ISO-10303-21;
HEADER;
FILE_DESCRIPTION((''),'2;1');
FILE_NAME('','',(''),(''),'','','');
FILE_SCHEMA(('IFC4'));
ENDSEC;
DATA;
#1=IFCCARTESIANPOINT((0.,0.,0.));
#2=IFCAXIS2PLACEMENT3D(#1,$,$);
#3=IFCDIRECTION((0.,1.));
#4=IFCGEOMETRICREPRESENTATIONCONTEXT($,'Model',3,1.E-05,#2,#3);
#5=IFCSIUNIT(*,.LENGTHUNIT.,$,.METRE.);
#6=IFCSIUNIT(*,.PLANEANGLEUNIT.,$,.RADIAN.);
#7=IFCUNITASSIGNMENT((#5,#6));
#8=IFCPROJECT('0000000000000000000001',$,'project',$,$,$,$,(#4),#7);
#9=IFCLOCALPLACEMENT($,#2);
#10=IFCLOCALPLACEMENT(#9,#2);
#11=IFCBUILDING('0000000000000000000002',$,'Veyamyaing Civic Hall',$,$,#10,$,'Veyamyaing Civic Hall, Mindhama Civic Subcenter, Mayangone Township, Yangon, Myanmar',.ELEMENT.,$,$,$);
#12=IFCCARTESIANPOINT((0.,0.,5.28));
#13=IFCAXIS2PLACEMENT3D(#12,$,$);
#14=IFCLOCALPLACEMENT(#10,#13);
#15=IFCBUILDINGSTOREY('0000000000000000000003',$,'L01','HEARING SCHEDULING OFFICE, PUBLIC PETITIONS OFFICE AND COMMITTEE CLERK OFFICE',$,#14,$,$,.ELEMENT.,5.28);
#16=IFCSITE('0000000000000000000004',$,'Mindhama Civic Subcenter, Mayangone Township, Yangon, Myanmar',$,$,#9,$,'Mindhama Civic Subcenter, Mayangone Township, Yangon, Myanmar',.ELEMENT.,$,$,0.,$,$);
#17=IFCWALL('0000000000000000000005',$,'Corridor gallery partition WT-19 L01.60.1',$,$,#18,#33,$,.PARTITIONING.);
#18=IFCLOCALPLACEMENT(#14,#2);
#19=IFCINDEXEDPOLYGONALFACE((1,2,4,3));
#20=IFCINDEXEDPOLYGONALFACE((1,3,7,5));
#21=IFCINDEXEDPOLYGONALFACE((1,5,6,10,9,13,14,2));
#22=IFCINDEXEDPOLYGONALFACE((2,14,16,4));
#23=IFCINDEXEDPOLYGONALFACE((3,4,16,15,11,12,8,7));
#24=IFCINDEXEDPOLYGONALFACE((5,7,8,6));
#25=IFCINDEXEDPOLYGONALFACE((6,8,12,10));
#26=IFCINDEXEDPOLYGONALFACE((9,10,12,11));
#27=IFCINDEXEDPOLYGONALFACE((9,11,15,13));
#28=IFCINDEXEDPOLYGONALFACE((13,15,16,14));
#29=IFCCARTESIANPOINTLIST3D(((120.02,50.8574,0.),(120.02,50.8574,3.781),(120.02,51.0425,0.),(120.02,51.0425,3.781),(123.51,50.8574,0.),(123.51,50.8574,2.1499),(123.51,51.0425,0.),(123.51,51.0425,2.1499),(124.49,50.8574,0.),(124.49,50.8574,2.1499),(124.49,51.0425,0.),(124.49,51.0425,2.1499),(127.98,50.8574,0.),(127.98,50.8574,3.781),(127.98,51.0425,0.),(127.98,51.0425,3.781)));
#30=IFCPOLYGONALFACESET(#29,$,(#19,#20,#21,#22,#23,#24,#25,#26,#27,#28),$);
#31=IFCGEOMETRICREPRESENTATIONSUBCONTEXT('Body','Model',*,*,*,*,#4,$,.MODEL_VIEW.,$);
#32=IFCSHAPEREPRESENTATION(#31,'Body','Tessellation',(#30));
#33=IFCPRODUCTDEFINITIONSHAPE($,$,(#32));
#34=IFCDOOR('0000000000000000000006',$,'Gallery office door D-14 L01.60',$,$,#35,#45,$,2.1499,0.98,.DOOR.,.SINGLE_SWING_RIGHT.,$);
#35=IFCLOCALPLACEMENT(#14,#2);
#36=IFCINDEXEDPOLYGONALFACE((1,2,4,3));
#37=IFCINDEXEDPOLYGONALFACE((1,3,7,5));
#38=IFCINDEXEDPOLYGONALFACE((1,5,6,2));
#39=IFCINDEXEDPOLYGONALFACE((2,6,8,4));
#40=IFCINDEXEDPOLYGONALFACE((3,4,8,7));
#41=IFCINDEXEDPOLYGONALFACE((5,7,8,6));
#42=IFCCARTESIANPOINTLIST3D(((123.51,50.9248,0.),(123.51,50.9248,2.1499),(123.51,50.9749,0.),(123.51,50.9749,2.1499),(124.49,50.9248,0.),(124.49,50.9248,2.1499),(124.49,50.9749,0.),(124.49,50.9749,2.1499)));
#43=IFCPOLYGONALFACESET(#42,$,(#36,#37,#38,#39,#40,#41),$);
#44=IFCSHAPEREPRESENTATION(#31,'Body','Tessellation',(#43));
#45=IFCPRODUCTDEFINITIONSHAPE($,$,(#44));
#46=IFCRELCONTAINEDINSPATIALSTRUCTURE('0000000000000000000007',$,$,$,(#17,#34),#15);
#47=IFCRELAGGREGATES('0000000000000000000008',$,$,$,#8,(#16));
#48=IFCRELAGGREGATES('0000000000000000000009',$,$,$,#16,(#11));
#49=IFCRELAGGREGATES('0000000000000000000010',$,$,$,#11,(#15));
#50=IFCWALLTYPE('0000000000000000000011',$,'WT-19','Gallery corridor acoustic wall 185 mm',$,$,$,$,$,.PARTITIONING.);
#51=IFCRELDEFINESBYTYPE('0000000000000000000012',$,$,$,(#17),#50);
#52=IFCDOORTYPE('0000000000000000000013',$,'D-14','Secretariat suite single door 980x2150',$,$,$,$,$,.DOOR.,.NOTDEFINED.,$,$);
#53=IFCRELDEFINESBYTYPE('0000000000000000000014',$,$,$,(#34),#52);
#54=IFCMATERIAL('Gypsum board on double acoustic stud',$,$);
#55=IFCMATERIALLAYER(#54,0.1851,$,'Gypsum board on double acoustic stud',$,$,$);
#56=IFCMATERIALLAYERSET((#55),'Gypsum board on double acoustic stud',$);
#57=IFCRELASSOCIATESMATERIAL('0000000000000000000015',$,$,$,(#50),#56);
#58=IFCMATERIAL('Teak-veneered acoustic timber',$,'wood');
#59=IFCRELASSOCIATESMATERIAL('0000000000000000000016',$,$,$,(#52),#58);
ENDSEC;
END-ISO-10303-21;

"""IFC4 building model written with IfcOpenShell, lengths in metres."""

from ifc_helpers import new_model, si_unit, direction, frame, frame_2d, origin, place, context, subcontext, project, spatial, rectangle, extrude, material, layer, layer_set, type_object, element, fill, save


model = new_model("IFC4")

# Units and contexts
model_context = context("Model", 3, precision=1e-05, world=origin(), true_north=direction((0.0, 1.0)))
body_context = subcontext(model_context, "Body", "Model", "MODEL_VIEW")
ifc_project = project(units=[si_unit("LENGTHUNIT", "METRE"), si_unit("PLANEANGLEUNIT", "RADIAN")], contexts=[model_context])

# Site, building, storey
site_placement = place(None, origin())
site = spatial("IfcSite", under=ifc_project, at=site_placement, Name="Mindhama Civic Subcenter, Mayangone Township, Yangon, Myanmar", LongName="Mindhama Civic Subcenter, Mayangone Township, Yangon, Myanmar", CompositionType="ELEMENT", RefElevation=0.0)
building_placement = place(site_placement, origin())
building = spatial("IfcBuilding", under=site, at=building_placement, Name="Veyamyaing Civic Hall", LongName="Veyamyaing Civic Hall, Mindhama Civic Subcenter, Mayangone Township, Yangon, Myanmar", CompositionType="ELEMENT")
storey_placement = place(building_placement, frame((0.0, 0.0, 5.28)))
storey = spatial("IfcBuildingStorey", under=building, at=storey_placement, Name="L01", Description="HEARING SCHEDULING OFFICE, PUBLIC PETITIONS OFFICE AND COMMITTEE CLERK OFFICE", CompositionType="ELEMENT", Elevation=5.28)

# Wall, opening, door
ifc_material_1 = material(Name="Gypsum board on double acoustic stud")
ifc_layer_1 = layer(ifc_material_1, 0.1851, Name="Gypsum board on double acoustic stud")
ifc_layer_set_1 = layer_set([ifc_layer_1], Name="Gypsum board on double acoustic stud")
wall_type = type_object("IfcWallType", Name="WT-19", Description="Gallery corridor acoustic wall 185 mm", PredefinedType="PARTITIONING", material=ifc_layer_set_1)
wall_placement = place(storey_placement, frame((120.02, 50.95, 0.0), z_axis=(0.0, 0.0, 1.0), x_axis=(1.0, 0.0, 0.0)))
wall = element("IfcWall", 1, at=wall_placement, inside=storey, type_object=wall_type, Name="Corridor gallery partition WT-19 L01.60.1", PredefinedType="PARTITIONING", context=body_context, shape_type="SweptSolid", body=[
    extrude(rectangle(XDim=7.96, YDim=0.1851, at=frame_2d((3.98, 0.0))), origin(), (0.0, 0.0, 1.0), 3.781),
])
opening_placement = place(wall_placement, frame((3.49, 0.0, 0.0)))
opening = element("IfcOpeningElement", 2, at=opening_placement, cuts=wall, PredefinedType="OPENING", context=body_context, shape_type="SweptSolid", body=[
    extrude(rectangle(XDim=0.98, YDim=2.1499, at=frame_2d((0.49, 1.075))), frame((0.0, 0.1025, 0.0), z_axis=(0.0, -1.0, 0.0), x_axis=(1.0, 0.0, 0.0)), (0.0, 0.0, 1.0), 0.2051),
])
ifc_material_2 = material(Name="Teak-veneered acoustic timber", Category="wood")
door_type = type_object("IfcDoorType", Name="D-14", Description="Secretariat suite single door 980x2150", OperationType="NOTDEFINED", PredefinedType="DOOR", material=ifc_material_2)
door_placement = place(opening_placement, origin())
door = element("IfcDoor", 3, at=door_placement, inside=storey, type_object=door_type, Name="Gallery office door D-14 L01.60", OperationType="SINGLE_SWING_RIGHT", OverallHeight=2.1499, OverallWidth=0.98, PredefinedType="DOOR", context=body_context, shape_type="SweptSolid", body=[
    extrude(rectangle(XDim=0.98, YDim=2.1499, at=frame_2d((0.49, 1.075))), frame((0.0, 0.0249, 0.0), z_axis=(0.0, -1.0, 0.0), x_axis=(1.0, 0.0, 0.0)), (0.0, 0.0, 1.0), 0.05),
])
fill(opening, door)

save(model, "model.ifc")
